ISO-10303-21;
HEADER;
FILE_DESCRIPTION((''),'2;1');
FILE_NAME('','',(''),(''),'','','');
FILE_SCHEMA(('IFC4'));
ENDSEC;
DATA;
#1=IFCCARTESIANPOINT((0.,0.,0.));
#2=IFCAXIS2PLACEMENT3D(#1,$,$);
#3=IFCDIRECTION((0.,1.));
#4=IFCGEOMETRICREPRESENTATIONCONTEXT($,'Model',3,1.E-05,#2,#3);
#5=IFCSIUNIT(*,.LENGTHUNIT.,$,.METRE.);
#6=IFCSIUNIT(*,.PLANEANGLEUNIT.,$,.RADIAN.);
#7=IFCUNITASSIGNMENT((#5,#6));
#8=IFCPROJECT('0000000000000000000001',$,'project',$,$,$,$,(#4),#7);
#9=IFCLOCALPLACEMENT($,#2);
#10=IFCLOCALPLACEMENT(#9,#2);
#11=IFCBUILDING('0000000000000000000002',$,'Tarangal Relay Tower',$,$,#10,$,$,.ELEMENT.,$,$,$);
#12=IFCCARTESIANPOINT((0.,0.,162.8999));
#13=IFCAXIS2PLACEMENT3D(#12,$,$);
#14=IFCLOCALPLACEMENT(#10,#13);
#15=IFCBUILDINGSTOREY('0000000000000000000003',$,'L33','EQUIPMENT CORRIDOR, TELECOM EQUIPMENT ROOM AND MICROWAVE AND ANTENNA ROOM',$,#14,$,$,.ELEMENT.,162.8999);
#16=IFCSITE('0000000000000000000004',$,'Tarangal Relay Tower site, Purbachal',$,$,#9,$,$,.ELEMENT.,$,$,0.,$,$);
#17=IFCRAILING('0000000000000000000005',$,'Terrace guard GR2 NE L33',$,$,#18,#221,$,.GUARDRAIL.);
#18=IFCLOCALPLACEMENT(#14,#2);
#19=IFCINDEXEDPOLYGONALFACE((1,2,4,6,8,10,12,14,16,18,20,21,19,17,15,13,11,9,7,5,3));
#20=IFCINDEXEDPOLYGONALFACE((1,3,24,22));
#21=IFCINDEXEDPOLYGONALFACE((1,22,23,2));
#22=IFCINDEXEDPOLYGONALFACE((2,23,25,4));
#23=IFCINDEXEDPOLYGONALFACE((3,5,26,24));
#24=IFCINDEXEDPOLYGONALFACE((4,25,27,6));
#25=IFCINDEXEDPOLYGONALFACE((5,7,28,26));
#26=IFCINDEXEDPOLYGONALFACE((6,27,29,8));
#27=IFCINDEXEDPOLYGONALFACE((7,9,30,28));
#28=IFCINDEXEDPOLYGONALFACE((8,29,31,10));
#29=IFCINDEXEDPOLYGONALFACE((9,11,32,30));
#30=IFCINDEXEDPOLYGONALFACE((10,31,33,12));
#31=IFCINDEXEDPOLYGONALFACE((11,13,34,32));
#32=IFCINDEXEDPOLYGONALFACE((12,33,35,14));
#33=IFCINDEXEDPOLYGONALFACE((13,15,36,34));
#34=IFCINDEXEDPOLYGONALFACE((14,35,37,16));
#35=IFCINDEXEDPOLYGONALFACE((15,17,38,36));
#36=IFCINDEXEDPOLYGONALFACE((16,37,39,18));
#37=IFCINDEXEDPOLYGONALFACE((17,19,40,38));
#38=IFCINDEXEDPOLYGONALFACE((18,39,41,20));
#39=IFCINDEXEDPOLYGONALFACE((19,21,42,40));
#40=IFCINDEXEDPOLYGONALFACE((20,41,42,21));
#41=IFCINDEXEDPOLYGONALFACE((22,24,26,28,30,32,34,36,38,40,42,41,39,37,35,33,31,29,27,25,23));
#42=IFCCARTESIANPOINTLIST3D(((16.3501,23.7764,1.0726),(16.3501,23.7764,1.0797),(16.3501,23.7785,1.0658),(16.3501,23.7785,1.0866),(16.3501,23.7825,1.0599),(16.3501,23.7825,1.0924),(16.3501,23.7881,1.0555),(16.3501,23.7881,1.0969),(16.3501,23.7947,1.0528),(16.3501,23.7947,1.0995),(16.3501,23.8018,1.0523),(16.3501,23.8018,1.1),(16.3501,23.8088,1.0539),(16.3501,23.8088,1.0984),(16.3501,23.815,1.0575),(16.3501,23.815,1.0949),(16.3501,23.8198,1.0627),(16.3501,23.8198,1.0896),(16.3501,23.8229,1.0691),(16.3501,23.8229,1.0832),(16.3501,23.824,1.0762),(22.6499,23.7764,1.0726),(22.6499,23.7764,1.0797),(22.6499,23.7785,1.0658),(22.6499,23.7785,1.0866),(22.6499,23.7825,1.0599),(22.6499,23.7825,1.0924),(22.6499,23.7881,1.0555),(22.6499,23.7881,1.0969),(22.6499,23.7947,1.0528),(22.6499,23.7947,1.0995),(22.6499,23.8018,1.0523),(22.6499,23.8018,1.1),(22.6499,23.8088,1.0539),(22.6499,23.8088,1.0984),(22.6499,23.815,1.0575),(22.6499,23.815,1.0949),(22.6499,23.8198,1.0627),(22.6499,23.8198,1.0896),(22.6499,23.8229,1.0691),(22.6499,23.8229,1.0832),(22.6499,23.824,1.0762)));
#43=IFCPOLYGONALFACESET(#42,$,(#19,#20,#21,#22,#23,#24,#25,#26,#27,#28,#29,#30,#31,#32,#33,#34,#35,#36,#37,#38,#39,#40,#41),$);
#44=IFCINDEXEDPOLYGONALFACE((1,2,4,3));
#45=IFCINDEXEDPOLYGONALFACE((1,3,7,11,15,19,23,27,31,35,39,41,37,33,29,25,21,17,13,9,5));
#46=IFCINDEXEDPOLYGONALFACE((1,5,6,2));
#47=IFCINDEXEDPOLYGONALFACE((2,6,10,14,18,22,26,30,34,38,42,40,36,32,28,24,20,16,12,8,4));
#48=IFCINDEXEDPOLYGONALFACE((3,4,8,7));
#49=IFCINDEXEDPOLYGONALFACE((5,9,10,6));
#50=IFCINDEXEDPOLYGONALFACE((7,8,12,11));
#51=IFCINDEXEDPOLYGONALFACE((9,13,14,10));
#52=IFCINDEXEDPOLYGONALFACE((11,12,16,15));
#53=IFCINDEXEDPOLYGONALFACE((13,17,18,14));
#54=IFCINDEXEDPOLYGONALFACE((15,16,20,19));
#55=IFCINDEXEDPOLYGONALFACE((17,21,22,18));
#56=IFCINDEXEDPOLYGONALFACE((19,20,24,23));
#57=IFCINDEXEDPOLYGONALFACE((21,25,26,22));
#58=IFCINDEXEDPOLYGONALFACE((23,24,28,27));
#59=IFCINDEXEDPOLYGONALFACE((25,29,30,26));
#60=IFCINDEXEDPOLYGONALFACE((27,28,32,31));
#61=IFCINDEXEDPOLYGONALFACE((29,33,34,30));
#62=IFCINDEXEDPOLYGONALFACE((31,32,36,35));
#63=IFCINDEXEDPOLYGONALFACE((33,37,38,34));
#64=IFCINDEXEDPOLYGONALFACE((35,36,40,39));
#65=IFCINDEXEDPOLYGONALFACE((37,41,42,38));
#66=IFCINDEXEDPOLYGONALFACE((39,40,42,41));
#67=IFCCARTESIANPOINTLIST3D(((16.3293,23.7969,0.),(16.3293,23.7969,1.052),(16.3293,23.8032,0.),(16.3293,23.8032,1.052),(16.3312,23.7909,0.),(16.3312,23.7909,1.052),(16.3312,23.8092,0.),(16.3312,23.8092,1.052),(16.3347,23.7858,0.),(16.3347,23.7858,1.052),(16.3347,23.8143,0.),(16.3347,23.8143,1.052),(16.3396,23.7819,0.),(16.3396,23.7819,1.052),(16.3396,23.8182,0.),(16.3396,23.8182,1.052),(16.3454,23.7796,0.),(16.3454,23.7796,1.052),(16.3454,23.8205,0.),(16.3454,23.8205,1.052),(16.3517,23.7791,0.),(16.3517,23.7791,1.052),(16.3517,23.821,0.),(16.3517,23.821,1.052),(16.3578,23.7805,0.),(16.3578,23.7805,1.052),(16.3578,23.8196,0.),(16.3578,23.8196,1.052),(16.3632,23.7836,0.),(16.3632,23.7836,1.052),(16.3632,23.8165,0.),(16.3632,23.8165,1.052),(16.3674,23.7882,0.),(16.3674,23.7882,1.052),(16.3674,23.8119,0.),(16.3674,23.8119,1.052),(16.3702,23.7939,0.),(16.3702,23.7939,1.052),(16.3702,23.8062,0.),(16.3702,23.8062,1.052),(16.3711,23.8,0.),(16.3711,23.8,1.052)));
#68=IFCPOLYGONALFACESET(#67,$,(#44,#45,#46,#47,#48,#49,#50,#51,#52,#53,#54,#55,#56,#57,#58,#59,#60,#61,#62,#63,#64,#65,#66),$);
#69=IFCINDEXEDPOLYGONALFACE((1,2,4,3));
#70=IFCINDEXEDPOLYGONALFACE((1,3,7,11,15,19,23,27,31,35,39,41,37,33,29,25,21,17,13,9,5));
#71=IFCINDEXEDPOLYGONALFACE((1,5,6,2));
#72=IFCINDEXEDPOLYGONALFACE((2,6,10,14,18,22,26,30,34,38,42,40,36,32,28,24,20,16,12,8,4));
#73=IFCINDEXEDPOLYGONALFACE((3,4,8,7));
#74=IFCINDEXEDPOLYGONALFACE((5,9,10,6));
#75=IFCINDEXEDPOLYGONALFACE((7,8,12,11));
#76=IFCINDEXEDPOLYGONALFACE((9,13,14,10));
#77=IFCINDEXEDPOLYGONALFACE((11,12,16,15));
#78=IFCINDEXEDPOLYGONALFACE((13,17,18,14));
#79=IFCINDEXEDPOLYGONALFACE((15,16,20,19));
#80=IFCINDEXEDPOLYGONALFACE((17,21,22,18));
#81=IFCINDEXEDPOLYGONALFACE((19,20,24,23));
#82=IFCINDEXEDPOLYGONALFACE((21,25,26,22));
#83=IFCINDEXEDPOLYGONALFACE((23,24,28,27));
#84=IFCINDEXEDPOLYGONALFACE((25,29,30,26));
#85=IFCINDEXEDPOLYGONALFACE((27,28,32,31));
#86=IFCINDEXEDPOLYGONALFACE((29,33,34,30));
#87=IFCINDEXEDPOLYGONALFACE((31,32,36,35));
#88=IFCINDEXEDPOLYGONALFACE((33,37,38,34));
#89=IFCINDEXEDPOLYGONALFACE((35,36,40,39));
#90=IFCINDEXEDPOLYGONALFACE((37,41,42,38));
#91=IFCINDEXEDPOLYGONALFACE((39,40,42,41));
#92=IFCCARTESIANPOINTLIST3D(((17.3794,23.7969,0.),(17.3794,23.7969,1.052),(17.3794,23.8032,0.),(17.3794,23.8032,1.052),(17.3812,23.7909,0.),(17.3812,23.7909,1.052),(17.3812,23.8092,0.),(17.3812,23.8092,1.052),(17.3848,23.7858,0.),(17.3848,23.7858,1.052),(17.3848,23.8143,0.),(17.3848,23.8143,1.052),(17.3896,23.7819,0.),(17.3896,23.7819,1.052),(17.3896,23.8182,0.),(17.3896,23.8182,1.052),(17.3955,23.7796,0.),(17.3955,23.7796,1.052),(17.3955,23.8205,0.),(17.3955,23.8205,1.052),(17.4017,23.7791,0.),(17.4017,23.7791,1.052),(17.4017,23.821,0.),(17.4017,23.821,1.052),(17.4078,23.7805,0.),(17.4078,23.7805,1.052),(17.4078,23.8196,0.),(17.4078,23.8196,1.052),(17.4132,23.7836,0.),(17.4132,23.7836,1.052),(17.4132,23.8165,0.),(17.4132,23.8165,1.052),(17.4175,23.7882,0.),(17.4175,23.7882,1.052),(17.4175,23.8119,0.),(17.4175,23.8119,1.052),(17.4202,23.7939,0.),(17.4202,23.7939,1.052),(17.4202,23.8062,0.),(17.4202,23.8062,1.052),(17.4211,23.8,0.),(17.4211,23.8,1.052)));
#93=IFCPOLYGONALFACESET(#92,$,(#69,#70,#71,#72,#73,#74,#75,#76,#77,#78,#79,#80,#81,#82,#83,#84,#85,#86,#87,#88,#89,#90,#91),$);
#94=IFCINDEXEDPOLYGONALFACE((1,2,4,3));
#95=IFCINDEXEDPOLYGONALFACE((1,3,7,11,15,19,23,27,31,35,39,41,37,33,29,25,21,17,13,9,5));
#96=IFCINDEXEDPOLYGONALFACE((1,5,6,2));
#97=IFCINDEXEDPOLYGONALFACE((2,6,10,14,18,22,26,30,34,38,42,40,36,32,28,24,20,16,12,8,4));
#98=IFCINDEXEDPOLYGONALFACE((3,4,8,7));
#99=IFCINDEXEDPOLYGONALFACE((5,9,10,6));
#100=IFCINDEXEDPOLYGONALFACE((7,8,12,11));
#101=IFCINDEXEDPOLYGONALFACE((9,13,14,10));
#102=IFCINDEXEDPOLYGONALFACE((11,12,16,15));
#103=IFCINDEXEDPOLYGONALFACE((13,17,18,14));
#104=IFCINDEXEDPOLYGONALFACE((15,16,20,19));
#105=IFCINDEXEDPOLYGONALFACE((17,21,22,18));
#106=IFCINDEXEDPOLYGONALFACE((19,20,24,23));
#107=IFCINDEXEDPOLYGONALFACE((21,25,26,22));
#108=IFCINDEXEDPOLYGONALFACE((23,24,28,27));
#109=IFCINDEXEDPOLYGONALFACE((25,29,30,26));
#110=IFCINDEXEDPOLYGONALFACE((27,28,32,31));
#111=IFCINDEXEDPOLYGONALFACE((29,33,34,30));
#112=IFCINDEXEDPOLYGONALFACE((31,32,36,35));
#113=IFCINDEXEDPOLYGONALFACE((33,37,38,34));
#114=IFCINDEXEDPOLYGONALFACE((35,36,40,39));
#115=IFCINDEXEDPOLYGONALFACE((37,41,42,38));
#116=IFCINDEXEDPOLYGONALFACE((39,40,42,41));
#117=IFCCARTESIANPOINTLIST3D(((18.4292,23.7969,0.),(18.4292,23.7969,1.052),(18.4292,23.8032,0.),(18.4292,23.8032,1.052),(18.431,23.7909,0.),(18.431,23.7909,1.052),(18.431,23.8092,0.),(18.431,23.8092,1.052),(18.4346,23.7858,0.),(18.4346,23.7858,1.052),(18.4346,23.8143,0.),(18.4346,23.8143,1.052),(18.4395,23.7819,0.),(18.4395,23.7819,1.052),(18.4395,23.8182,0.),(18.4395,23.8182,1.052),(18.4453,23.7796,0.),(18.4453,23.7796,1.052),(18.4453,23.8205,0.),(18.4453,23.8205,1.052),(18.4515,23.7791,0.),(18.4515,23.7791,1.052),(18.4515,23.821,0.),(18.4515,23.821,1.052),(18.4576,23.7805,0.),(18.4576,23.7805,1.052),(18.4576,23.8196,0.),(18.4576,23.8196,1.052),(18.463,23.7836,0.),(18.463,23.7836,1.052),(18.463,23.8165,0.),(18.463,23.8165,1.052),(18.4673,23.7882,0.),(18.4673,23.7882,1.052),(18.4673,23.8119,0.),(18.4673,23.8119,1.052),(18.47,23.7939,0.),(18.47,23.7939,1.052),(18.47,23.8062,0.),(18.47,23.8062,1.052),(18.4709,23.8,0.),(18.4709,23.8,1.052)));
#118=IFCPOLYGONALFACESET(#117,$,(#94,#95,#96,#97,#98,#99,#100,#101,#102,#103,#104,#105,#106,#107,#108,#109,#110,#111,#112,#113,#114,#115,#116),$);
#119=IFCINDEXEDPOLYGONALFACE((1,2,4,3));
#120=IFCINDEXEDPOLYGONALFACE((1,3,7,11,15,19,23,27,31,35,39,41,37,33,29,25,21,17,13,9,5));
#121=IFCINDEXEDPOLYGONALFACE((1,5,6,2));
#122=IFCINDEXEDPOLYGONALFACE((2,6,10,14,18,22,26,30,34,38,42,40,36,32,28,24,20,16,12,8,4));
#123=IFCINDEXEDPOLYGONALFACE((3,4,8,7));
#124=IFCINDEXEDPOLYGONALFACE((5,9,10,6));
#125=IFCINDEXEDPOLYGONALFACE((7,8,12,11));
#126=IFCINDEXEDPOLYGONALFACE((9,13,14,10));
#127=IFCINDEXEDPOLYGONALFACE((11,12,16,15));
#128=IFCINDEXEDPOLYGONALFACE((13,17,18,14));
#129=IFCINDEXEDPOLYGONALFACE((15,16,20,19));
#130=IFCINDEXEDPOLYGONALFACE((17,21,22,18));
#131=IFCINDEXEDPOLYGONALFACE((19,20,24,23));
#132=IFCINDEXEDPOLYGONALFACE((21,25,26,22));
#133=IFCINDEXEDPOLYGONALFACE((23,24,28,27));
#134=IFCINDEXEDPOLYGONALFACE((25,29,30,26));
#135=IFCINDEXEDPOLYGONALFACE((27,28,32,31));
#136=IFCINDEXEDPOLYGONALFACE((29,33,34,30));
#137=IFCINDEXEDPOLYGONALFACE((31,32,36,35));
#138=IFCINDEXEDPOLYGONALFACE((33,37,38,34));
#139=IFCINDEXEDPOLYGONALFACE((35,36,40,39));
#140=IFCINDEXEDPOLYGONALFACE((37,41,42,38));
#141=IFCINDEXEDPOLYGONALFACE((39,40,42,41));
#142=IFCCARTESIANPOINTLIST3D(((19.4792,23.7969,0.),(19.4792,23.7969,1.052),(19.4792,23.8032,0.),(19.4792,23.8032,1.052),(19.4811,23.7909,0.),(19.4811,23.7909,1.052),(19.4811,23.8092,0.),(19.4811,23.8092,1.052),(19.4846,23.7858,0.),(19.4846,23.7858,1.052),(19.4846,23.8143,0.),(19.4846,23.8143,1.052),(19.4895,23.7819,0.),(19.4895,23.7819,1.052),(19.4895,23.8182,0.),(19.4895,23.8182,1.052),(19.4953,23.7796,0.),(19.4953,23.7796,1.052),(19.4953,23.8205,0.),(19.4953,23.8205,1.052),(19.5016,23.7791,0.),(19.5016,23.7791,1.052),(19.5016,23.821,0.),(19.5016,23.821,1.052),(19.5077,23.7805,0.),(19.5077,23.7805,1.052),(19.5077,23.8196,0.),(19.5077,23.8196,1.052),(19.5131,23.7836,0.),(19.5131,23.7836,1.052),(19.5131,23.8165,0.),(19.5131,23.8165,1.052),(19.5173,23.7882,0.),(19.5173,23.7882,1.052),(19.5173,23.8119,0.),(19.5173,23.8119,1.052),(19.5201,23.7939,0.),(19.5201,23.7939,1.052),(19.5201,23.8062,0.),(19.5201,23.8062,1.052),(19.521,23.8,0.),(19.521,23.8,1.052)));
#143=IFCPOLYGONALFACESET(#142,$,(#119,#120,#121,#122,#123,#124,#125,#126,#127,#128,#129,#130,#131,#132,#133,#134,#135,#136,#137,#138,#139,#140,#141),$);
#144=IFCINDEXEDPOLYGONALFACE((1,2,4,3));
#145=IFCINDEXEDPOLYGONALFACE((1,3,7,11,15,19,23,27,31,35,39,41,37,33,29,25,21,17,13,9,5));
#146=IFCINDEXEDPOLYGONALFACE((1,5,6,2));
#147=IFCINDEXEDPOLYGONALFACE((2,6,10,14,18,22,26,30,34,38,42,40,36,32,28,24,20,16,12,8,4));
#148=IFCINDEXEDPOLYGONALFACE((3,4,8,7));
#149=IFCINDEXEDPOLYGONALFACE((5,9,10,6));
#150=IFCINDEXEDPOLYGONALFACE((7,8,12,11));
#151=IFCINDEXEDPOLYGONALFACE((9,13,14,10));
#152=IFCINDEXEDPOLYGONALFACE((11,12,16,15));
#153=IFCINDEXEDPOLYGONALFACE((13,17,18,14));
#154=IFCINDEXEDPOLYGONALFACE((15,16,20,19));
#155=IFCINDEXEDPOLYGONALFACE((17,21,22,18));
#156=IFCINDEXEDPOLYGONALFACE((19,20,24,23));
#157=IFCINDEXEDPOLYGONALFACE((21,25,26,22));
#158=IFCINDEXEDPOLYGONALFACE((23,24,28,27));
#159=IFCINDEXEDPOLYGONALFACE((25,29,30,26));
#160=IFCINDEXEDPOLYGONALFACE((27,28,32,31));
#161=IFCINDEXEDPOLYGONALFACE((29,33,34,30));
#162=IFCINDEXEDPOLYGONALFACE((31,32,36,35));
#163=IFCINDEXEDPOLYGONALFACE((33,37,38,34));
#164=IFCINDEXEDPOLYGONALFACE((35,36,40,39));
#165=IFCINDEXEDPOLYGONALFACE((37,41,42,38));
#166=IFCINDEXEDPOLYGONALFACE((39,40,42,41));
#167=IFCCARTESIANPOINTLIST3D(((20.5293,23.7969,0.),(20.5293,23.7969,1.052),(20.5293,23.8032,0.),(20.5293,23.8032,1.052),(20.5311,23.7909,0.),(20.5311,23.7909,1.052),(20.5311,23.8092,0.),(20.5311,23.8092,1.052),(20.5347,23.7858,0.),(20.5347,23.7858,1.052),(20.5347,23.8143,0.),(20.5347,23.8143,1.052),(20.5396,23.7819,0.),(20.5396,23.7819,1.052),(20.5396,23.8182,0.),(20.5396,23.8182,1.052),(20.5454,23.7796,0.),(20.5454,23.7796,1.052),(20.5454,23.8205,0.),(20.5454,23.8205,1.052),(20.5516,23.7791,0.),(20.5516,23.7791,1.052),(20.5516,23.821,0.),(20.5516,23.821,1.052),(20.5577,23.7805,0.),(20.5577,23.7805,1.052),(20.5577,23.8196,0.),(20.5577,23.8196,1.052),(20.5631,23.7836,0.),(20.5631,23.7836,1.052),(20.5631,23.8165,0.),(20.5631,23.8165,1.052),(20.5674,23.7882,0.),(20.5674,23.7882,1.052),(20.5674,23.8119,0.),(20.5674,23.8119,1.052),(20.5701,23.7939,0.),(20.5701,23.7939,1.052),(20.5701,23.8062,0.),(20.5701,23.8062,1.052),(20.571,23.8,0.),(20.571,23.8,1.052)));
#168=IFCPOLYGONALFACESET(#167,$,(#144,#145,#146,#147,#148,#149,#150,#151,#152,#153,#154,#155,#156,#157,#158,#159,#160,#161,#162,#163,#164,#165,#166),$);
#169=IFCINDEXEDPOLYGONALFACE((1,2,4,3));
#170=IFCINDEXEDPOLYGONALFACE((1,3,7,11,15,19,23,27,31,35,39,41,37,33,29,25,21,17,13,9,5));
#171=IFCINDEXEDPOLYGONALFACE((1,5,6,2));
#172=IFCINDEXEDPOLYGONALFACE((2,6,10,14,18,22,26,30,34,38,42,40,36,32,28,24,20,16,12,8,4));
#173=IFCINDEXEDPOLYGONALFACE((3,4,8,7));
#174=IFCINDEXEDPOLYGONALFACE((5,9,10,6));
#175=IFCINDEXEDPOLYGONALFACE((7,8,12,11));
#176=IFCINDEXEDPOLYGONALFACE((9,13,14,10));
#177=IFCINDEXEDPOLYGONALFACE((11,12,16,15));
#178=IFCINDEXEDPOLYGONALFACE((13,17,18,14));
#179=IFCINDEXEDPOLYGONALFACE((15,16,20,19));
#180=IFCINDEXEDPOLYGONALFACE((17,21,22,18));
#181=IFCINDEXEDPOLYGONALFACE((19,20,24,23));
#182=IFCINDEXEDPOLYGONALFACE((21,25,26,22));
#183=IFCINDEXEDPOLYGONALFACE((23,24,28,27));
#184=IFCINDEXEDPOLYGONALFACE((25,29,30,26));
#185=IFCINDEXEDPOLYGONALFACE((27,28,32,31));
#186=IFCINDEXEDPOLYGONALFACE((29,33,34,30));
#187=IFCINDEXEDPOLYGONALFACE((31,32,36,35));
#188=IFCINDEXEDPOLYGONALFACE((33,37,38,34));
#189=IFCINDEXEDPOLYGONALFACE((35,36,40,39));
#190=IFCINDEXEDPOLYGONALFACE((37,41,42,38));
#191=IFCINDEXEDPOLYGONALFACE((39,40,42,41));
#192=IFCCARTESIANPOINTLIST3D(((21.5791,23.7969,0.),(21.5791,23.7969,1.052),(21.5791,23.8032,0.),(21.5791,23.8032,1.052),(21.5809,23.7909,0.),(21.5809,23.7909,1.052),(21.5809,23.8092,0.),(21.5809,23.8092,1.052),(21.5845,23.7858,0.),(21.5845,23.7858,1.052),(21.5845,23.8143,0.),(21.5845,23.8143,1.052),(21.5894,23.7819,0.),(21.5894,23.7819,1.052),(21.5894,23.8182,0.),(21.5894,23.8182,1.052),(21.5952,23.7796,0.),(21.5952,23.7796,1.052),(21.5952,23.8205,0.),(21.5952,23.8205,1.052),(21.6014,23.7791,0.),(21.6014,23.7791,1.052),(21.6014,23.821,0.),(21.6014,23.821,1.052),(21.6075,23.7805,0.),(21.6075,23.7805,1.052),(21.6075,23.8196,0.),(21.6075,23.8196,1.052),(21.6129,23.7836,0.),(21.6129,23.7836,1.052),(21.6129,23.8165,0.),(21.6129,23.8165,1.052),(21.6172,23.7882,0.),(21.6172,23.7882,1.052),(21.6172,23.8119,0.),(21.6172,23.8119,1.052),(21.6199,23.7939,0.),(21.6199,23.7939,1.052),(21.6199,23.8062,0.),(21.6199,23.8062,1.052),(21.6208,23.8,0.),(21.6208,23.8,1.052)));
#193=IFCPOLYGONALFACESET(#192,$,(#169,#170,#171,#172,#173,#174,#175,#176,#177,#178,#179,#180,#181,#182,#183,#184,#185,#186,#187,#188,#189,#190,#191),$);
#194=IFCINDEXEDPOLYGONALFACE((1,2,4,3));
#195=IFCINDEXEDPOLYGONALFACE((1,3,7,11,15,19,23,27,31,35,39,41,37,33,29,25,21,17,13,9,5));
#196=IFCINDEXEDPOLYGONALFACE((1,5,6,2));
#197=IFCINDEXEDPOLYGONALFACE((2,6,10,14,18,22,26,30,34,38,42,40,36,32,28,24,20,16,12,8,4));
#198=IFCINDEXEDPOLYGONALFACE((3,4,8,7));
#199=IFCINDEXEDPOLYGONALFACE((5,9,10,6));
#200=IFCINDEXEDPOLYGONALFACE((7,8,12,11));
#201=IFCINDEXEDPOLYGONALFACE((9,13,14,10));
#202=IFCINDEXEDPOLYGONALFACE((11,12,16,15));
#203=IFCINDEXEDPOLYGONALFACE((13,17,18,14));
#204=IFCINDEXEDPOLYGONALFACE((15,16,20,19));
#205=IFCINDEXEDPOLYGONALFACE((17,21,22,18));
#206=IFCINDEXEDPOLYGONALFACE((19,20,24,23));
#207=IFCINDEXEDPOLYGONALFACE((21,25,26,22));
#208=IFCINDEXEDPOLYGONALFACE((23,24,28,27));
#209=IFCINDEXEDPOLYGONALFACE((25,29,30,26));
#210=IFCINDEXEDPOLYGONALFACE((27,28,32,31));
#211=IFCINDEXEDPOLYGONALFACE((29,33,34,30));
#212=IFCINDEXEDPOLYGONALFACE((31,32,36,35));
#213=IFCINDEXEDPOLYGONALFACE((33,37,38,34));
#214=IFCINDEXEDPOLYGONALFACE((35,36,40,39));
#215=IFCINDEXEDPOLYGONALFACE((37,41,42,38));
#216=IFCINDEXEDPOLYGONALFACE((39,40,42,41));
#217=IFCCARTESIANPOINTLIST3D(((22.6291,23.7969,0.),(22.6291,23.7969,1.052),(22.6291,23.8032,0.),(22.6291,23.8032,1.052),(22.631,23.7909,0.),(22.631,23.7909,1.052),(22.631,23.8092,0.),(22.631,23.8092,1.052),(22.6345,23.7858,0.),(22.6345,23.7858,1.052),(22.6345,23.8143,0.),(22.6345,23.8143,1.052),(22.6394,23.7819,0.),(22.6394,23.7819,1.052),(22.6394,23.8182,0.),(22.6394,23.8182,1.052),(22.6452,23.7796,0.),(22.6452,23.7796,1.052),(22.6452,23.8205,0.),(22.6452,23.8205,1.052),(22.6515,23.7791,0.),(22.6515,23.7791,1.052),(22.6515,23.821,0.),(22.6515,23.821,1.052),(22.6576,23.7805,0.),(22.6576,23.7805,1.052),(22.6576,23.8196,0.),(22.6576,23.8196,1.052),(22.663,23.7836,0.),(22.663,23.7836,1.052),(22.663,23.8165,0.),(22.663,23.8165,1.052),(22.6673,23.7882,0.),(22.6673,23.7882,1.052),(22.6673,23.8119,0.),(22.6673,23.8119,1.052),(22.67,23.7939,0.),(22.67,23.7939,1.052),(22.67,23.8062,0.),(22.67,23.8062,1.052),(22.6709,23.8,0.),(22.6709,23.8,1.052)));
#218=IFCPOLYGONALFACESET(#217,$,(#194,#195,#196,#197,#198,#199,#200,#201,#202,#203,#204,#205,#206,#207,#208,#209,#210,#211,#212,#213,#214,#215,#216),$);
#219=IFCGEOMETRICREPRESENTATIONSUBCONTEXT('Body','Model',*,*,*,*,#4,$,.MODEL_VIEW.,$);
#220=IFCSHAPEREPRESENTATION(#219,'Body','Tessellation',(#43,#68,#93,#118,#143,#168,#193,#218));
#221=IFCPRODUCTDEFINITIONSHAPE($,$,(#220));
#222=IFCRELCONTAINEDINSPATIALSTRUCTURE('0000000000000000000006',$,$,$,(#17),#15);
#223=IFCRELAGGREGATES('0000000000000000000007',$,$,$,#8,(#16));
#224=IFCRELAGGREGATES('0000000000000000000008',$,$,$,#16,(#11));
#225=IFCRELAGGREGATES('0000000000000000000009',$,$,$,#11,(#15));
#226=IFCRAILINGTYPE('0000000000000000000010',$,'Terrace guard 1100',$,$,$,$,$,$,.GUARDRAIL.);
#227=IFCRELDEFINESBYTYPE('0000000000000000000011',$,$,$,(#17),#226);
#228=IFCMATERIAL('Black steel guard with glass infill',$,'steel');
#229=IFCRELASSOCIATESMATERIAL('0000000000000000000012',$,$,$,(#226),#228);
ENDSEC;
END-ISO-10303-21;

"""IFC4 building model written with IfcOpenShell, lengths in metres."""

from ifc_helpers import new_model, si_unit, direction, frame, origin, origin_2d, place, context, subcontext, project, spatial, circle, extrude, material, type_object, element, save


model = new_model("IFC4")

# Units and contexts
model_context = context("Model", 3, precision=1e-05, world=origin(), true_north=direction((0.0, 1.0)))
body_context = subcontext(model_context, "Body", "Model", "MODEL_VIEW")
ifc_project = project(units=[si_unit("LENGTHUNIT", "METRE"), si_unit("PLANEANGLEUNIT", "RADIAN")], contexts=[model_context])

# Site, building, storey
site_placement = place(None, origin())
site = spatial("IfcSite", under=ifc_project, at=site_placement, Name="Tarangal Relay Tower site, Purbachal", CompositionType="ELEMENT", RefElevation=0.0)
building_placement = place(site_placement, origin())
building = spatial("IfcBuilding", under=site, at=building_placement, Name="Tarangal Relay Tower", CompositionType="ELEMENT")
storey_placement = place(building_placement, frame((0.0, 0.0, 162.8999)))
storey = spatial("IfcBuildingStorey", under=building, at=storey_placement, Name="L33", Description="EQUIPMENT CORRIDOR, TELECOM EQUIPMENT ROOM AND MICROWAVE AND ANTENNA ROOM", CompositionType="ELEMENT", Elevation=162.8999)

# Railing
ifc_material_1 = material(Name="Black steel guard with glass infill", Category="steel")
railing_type = type_object("IfcRailingType", Name="Terrace guard 1100", PredefinedType="GUARDRAIL", material=ifc_material_1)
railing_1_placement = place(storey_placement, frame((16.3501, 23.8, 0.0)))
element("IfcRailing", 1, at=railing_1_placement, inside=storey, type_object=railing_type, Name="Terrace guard GR2 NE L33", PredefinedType="GUARDRAIL", context=body_context, shape_type="SweptSolid", body=[
    extrude(circle(Radius=0.0239, at=origin_2d()), frame((0.0, 0.0, 1.0762), z_axis=(1.0, 0.0, 0.0), x_axis=(0.0, 1.0, 0.0)), (0.0, 0.0, 1.0), 6.2998),
    extrude(circle(Radius=0.021, at=origin_2d()), origin(), (0.0, 0.0, 1.0), 1.052),
    extrude(circle(Radius=0.021, at=origin_2d()), frame((1.05, 0.0, 0.0)), (0.0, 0.0, 1.0), 1.052),
    extrude(circle(Radius=0.021, at=origin_2d()), frame((2.0999, 0.0, 0.0)), (0.0, 0.0, 1.0), 1.052),
    extrude(circle(Radius=0.021, at=origin_2d()), frame((3.1499, 0.0, 0.0)), (0.0, 0.0, 1.0), 1.052),
    extrude(circle(Radius=0.021, at=origin_2d()), frame((4.2, 0.0, 0.0)), (0.0, 0.0, 1.0), 1.052),
    extrude(circle(Radius=0.021, at=origin_2d()), frame((5.2498, 0.0, 0.0)), (0.0, 0.0, 1.0), 1.052),
    extrude(circle(Radius=0.021, at=origin_2d()), frame((6.2998, 0.0, 0.0)), (0.0, 0.0, 1.0), 1.052),
])

save(model, "model.ifc")
